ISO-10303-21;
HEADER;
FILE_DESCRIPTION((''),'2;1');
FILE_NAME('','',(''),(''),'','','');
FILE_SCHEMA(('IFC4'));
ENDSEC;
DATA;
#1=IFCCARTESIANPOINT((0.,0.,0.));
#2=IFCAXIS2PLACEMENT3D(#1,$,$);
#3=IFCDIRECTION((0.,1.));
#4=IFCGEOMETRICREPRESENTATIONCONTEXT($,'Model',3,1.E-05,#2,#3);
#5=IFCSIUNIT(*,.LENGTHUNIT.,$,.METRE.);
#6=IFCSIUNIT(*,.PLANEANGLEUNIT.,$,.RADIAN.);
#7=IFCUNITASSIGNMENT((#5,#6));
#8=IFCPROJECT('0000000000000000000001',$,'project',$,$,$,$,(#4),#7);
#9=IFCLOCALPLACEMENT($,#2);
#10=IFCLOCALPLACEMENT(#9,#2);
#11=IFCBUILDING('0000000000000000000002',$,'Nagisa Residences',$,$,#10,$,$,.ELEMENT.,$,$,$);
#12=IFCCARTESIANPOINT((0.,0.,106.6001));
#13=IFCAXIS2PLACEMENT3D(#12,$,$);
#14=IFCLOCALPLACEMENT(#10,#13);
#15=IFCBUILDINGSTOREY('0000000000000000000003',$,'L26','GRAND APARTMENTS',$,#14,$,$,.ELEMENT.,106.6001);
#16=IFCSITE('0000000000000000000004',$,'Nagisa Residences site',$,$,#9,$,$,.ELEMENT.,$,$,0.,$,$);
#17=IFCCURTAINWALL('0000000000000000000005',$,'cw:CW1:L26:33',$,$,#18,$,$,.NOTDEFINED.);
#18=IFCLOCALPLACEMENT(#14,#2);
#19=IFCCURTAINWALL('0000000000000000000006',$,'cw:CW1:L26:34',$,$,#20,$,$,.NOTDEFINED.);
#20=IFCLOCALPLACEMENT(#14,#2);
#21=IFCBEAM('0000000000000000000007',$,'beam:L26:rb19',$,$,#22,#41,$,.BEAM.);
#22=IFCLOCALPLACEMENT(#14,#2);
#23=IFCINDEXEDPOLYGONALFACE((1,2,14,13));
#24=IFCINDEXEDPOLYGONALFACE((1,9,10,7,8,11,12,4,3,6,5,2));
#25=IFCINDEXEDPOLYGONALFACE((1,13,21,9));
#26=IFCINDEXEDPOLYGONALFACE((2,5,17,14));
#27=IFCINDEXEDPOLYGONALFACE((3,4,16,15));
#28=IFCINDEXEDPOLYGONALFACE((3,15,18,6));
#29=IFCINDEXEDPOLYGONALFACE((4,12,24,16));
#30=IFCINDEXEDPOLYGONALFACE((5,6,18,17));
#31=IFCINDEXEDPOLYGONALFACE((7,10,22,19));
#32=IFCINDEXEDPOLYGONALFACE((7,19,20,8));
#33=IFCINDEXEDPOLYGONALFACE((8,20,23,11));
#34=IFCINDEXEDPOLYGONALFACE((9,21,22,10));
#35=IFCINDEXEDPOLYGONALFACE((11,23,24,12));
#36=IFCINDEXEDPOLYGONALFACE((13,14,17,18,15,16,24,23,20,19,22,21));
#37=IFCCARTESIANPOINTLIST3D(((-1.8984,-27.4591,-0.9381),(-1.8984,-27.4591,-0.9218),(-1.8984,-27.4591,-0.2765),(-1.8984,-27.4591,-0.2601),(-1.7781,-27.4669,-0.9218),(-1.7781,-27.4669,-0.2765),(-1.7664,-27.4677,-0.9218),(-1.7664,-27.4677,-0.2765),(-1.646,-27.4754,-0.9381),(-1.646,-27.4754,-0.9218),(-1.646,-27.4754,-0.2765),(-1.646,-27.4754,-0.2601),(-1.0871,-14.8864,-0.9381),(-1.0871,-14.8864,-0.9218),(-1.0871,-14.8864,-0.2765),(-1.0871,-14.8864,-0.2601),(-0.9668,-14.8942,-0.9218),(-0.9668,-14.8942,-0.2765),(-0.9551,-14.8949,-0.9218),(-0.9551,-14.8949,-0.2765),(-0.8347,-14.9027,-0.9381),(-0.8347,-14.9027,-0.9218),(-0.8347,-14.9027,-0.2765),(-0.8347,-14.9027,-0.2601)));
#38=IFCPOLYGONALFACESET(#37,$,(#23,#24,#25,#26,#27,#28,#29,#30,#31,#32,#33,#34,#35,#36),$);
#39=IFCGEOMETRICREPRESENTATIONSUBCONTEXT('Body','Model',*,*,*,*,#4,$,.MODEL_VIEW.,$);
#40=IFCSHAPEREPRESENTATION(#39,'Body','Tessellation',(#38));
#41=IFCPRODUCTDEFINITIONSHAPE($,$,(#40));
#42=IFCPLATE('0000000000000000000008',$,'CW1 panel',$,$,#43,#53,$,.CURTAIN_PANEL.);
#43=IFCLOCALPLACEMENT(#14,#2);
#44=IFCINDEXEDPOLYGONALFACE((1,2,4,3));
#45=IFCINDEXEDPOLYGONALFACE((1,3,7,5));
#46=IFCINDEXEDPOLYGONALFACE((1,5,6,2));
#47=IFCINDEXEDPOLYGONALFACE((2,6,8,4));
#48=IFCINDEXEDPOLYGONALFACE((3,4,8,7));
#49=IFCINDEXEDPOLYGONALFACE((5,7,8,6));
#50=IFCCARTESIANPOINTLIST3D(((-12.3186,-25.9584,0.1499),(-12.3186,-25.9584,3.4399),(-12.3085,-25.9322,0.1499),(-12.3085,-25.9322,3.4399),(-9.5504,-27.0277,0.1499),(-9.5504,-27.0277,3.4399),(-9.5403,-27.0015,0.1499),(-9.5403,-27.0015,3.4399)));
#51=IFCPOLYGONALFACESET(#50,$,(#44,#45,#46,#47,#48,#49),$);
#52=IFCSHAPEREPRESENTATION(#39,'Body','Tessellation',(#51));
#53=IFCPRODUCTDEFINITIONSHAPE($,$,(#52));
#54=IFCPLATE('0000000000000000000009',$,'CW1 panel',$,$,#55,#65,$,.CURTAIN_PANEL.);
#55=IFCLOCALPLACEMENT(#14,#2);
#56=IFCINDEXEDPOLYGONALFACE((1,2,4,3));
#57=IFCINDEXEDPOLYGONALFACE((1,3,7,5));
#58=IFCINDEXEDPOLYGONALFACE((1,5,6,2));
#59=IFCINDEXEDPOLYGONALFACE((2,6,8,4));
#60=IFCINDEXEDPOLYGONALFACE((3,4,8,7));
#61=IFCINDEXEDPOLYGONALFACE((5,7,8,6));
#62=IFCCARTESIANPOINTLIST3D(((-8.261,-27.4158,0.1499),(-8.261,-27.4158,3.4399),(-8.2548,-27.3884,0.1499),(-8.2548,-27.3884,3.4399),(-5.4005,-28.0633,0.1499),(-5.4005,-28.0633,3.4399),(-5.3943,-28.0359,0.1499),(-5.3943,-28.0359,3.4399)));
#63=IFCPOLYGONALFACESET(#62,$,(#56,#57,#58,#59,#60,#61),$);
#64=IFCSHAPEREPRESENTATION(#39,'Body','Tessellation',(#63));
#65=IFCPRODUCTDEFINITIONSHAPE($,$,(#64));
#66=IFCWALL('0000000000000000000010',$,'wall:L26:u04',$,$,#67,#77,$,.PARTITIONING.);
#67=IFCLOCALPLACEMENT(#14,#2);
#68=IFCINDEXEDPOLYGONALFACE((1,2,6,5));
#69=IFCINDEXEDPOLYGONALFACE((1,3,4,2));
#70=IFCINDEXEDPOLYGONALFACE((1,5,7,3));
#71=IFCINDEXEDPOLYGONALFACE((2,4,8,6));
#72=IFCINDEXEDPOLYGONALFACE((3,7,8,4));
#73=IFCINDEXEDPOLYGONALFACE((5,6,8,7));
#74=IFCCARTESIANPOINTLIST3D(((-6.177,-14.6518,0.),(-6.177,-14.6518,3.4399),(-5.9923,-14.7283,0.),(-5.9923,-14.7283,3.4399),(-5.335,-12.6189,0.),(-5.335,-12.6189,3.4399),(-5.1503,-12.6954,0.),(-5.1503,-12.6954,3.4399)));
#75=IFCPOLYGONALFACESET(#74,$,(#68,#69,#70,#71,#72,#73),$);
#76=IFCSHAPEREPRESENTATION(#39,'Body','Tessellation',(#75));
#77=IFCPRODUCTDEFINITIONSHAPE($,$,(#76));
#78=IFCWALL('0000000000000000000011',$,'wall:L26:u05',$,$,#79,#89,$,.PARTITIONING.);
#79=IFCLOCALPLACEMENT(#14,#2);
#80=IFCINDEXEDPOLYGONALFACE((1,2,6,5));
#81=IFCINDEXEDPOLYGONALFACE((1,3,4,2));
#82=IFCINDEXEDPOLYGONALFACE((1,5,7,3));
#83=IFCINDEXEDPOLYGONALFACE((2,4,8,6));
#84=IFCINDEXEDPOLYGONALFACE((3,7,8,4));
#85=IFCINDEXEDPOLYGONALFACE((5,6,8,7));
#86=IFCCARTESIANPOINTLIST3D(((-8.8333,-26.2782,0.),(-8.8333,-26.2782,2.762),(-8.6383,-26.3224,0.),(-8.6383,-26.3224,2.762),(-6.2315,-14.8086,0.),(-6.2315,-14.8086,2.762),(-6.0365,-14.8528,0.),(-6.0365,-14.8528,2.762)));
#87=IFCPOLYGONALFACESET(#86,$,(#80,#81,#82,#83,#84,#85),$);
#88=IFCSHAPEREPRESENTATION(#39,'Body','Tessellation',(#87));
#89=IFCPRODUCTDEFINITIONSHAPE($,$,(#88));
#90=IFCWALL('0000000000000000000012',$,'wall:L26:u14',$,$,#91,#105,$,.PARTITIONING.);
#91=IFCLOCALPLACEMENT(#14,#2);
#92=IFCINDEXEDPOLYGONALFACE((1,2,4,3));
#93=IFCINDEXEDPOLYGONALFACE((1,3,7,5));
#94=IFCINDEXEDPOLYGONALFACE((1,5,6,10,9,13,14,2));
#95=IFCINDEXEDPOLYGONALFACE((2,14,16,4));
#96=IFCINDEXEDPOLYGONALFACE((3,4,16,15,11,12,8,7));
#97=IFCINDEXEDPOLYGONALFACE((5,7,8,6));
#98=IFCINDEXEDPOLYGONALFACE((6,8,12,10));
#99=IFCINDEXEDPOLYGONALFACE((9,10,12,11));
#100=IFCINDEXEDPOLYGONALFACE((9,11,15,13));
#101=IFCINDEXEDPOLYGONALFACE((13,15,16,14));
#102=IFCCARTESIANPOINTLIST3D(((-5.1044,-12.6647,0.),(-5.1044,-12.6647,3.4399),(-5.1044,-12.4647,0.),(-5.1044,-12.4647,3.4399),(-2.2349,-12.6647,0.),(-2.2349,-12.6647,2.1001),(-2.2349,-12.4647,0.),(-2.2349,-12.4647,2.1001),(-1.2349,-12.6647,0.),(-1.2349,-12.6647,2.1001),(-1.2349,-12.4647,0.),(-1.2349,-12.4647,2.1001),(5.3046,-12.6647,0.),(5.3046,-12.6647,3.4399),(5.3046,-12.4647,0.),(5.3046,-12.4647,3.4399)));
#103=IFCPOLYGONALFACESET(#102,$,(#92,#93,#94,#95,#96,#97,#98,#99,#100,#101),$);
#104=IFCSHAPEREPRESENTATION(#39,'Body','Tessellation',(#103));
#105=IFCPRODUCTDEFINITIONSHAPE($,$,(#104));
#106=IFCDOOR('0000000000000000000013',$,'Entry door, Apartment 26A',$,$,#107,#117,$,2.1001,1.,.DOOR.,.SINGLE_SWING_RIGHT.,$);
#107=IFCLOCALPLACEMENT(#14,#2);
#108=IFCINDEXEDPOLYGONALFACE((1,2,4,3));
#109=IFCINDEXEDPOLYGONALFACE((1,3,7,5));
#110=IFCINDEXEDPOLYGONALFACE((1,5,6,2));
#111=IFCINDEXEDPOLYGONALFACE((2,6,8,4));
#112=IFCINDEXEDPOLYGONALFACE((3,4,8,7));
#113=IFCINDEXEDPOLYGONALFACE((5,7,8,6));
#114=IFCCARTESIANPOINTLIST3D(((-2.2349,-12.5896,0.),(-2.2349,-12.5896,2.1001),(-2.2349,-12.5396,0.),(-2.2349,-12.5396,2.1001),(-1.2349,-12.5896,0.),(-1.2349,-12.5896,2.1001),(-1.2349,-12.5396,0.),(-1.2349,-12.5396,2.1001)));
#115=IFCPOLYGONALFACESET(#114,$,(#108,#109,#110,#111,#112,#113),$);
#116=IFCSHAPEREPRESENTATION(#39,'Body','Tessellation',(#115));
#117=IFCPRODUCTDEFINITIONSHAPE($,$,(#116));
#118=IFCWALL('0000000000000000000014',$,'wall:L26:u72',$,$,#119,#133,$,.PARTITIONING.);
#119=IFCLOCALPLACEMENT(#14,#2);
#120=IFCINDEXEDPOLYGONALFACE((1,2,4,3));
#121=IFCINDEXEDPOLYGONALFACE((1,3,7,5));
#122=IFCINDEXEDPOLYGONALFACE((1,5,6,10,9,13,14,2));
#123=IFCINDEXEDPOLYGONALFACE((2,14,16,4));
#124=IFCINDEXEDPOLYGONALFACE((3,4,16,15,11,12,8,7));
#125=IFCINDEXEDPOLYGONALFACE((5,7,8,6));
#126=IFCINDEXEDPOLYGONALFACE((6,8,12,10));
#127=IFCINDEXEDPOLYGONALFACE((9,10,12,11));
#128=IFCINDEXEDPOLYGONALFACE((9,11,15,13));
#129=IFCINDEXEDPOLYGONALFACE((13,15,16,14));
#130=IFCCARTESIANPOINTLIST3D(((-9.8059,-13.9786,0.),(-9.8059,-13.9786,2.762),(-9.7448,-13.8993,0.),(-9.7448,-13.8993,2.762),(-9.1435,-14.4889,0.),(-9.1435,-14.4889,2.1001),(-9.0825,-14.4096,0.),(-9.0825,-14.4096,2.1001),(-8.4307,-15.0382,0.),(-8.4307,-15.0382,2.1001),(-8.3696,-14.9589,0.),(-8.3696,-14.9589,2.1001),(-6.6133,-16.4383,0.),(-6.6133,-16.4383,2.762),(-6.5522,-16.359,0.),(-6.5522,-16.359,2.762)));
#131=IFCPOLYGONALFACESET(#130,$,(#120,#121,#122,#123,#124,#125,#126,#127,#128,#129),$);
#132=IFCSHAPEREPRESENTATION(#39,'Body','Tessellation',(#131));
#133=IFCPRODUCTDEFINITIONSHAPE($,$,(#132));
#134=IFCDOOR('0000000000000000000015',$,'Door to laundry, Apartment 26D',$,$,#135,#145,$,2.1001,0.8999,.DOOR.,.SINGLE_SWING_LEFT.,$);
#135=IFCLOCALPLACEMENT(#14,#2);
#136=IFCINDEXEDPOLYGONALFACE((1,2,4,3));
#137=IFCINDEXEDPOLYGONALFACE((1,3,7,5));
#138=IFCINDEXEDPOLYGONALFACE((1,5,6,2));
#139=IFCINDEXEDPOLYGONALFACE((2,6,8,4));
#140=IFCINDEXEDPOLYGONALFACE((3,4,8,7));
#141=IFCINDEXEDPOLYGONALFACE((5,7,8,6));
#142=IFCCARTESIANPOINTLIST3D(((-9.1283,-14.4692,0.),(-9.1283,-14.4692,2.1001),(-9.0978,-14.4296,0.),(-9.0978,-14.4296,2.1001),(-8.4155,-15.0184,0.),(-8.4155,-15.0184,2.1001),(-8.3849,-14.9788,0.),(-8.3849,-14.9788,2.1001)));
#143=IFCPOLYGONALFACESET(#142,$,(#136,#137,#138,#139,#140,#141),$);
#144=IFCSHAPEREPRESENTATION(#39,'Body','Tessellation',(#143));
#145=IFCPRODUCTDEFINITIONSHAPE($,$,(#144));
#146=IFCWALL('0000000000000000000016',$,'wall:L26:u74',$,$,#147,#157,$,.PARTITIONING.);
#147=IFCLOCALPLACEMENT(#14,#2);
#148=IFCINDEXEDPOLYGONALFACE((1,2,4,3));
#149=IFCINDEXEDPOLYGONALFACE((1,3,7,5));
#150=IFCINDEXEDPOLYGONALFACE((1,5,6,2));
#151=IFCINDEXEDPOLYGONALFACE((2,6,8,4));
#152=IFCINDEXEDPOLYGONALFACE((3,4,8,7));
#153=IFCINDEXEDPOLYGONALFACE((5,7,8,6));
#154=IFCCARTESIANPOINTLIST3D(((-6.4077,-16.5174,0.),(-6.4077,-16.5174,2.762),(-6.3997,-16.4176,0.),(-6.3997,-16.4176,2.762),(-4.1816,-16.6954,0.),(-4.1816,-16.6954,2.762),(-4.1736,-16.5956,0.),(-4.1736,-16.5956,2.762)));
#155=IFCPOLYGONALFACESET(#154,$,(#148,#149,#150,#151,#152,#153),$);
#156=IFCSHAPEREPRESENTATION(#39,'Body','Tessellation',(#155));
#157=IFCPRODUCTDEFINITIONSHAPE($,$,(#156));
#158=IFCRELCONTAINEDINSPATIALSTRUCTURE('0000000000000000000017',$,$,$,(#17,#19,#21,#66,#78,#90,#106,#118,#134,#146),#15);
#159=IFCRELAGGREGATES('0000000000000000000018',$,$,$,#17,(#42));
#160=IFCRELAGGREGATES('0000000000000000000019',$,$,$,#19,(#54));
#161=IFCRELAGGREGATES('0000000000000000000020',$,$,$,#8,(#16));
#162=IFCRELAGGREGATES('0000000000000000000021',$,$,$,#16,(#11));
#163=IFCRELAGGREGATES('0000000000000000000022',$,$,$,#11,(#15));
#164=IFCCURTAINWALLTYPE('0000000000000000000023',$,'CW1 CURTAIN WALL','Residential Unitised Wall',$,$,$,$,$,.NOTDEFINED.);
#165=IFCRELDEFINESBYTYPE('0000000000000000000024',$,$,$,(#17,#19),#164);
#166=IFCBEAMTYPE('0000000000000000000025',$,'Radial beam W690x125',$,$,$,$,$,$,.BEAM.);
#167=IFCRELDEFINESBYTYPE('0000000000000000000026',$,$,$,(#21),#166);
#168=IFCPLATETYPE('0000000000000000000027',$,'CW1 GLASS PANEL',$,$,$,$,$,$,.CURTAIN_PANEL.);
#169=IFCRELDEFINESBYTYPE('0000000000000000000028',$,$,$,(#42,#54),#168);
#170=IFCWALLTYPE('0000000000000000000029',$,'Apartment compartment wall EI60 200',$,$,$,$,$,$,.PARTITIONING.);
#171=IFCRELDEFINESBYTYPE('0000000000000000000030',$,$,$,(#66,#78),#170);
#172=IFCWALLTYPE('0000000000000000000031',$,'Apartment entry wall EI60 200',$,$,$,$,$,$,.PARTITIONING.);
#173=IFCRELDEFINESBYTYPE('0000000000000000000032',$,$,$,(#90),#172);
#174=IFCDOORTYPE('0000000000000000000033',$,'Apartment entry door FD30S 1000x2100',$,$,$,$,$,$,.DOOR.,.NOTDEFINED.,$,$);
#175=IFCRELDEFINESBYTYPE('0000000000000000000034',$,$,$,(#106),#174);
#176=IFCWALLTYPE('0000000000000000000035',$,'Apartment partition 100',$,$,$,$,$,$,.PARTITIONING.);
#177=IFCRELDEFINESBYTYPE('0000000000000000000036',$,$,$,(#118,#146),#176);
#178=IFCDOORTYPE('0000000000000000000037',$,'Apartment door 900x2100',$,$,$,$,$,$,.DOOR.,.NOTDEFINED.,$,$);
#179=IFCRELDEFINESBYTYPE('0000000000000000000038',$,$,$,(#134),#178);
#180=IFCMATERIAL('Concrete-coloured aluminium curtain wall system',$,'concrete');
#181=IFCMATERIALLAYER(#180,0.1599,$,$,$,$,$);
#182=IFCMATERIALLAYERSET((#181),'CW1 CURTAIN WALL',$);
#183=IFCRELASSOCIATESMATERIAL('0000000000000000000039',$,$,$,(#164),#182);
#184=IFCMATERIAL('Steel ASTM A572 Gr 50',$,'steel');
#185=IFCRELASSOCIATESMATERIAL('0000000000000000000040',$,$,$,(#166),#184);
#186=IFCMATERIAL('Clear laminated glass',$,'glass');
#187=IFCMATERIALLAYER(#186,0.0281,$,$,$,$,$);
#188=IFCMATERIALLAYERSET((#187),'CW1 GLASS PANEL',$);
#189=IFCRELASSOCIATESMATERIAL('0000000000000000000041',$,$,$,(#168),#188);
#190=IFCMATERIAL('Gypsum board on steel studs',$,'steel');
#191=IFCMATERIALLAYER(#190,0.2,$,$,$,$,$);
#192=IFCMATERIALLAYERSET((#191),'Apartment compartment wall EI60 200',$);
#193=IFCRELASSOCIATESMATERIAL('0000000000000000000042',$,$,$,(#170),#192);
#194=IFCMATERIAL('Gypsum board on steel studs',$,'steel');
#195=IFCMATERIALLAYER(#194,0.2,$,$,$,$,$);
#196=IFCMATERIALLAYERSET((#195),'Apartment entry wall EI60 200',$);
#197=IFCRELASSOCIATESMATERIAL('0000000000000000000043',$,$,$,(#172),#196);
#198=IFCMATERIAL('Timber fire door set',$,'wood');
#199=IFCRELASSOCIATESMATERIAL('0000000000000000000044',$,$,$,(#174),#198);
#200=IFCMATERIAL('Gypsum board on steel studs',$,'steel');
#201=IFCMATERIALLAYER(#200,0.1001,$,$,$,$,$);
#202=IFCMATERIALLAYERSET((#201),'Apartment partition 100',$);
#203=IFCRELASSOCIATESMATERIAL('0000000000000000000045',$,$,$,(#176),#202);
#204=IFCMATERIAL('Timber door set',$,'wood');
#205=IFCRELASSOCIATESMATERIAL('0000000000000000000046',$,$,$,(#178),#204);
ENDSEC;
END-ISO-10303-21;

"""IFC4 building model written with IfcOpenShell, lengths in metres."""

from ifc_helpers import new_model, si_unit, direction, frame, frame_2d, origin, origin_2d, place, context, subcontext, project, spatial, rectangle, i_section, extrude, material, layer, layer_set, material_profile, profile_set, type_object, element, fill, aggregate, save


model = new_model("IFC4")

# Units and contexts
model_context = context("Model", 3, precision=1e-05, world=origin(), true_north=direction((0.0, 1.0)))
body_context = subcontext(model_context, "Body", "Model", "MODEL_VIEW")
ifc_project = project(units=[si_unit("LENGTHUNIT", "METRE"), si_unit("PLANEANGLEUNIT", "RADIAN")], contexts=[model_context])

# Site, building, storey
site_placement = place(None, origin())
site = spatial("IfcSite", under=ifc_project, at=site_placement, Name="Nagisa Residences site", CompositionType="ELEMENT", RefElevation=0.0)
building_placement = place(site_placement, origin())
building = spatial("IfcBuilding", under=site, at=building_placement, Name="Nagisa Residences", CompositionType="ELEMENT")
storey_placement = place(building_placement, frame((0.0, 0.0, 106.6001)))
storey = spatial("IfcBuildingStorey", under=building, at=storey_placement, Name="L26", Description="GRAND APARTMENTS", CompositionType="ELEMENT", Elevation=106.6001)

# Curtain wall
ifc_material_1 = material(Name="Concrete-coloured aluminium curtain wall system", Category="concrete")
ifc_layer_1 = layer(ifc_material_1, 0.1599)
ifc_layer_set_1 = layer_set([ifc_layer_1], Name="CW1 CURTAIN WALL")
curtain_wall_type = type_object("IfcCurtainWallType", Name="CW1 CURTAIN WALL", Description="Residential Unitised Wall", PredefinedType="NOTDEFINED", material=ifc_layer_set_1)
curtain_wall_1_placement = place(storey_placement, origin())
curtain_wall_1 = element("IfcCurtainWall", 1, at=curtain_wall_1_placement, inside=storey, type_object=curtain_wall_type, Name="cw:CW1:L26:33", PredefinedType="NOTDEFINED")

# Curtain wall
curtain_wall_2_placement = place(storey_placement, origin())
curtain_wall_2 = element("IfcCurtainWall", 2, at=curtain_wall_2_placement, inside=storey, type_object=curtain_wall_type, Name="cw:CW1:L26:34", PredefinedType="NOTDEFINED")

# Beam
ifc_material_2 = material(Name="Steel ASTM A572 Gr 50", Category="steel")
ifc_material_profile_1 = material_profile(ifc_material_2, i_section(OverallWidth=0.2529, OverallDepth=0.678, WebThickness=0.0117, FlangeThickness=0.0164, at=origin_2d()), Name="W690x125")
ifc_profile_set_1 = profile_set([ifc_material_profile_1], Name="Steel ASTM A572 Gr 50")
beam_type_1 = type_object("IfcBeamType", Name="Radial beam W690x125", PredefinedType="BEAM", material=ifc_profile_set_1)
beam_1_placement = place(storey_placement, frame((-1.7722, -27.4673, -0.5991), z_axis=(0.064393, 0.997925, 0.0), x_axis=(-0.997925, 0.064393, 0.0)))
element("IfcBeam", 3, at=beam_1_placement, inside=storey, type_object=beam_type_1, Name="beam:L26:rb19", PredefinedType="BEAM", context=body_context, shape_type="SweptSolid", body=[
    extrude(i_section(OverallWidth=0.2529, OverallDepth=0.678, WebThickness=0.0117, FlangeThickness=0.0164, at=origin_2d()), origin(), (0.0, 0.0, 1.0), 12.5989),
])

# Plates
ifc_material_3 = material(Name="Clear laminated glass", Category="glass")
ifc_layer_2 = layer(ifc_material_3, 0.0281)
ifc_layer_set_2 = layer_set([ifc_layer_2], Name="CW1 GLASS PANEL")
plate_type = type_object("IfcPlateType", Name="CW1 GLASS PANEL", PredefinedType="CURTAIN_PANEL", material=ifc_layer_set_2)
plate_1_placement = place(storey_placement, frame((-10.9294, -26.48, 0.1499), z_axis=(0.0, 0.0, 1.0), x_axis=(0.932826, -0.360328, 0.0)))
plate_1 = element("IfcPlate", 4, at=plate_1_placement, type_object=plate_type, Name="CW1 panel", PredefinedType="CURTAIN_PANEL", context=body_context, shape_type="SweptSolid", body=[
    extrude(rectangle(XDim=2.9675, YDim=0.0281, at=origin_2d()), origin(), (0.0, 0.0, 1.0), 3.29),
])
aggregate(curtain_wall_1, [plate_1])
plate_2_placement = place(storey_placement, frame((-6.8276, -27.7258, 0.1499), z_axis=(0.0, 0.0, 1.0), x_axis=(0.975327, -0.220764, 0.0)))
plate_2 = element("IfcPlate", 5, at=plate_2_placement, type_object=plate_type, Name="CW1 panel", PredefinedType="CURTAIN_PANEL", context=body_context, shape_type="SweptSolid", body=[
    extrude(rectangle(XDim=2.9329, YDim=0.0281, at=origin_2d()), origin(), (0.0, 0.0, 1.0), 3.29),
])
aggregate(curtain_wall_2, [plate_2])

# Walls
ifc_material_4 = material(Name="Gypsum board on steel studs", Category="steel")
ifc_layer_3 = layer(ifc_material_4, 0.2)
ifc_layer_set_3 = layer_set([ifc_layer_3], Name="Apartment compartment wall EI60 200")
wall_type_1 = type_object("IfcWallType", Name="Apartment compartment wall EI60 200", PredefinedType="PARTITIONING", material=ifc_layer_set_3)
wall_1_placement = place(storey_placement, frame((-5.2427, -12.6572, 0.0), z_axis=(0.0, 0.0, 1.0), x_axis=(-0.382669, -0.923886, 0.0)))
element("IfcWall", 6, at=wall_1_placement, inside=storey, type_object=wall_type_1, Name="wall:L26:u04", PredefinedType="PARTITIONING", context=body_context, shape_type="SweptSolid", body=[
    extrude(rectangle(XDim=2.2004, YDim=0.2, at=frame_2d((1.1001, 0.0))), origin(), (0.0, 0.0, 1.0), 3.4399),
])
wall_2_placement = place(storey_placement, frame((-6.134, -14.8308, 0.0), z_axis=(0.0, 0.0, 1.0), x_axis=(-0.221225, -0.975223, 0.0)))
element("IfcWall", 7, at=wall_2_placement, inside=storey, type_object=wall_type_1, Name="wall:L26:u05", PredefinedType="PARTITIONING", context=body_context, shape_type="SweptSolid", body=[
    extrude(rectangle(XDim=11.761, YDim=0.2, at=frame_2d((5.8804, 0.0))), origin(), (0.0, 0.0, 1.0), 2.762),
])

# Walls, openings, doors
ifc_material_5 = material(Name="Gypsum board on steel studs", Category="steel")
ifc_layer_4 = layer(ifc_material_5, 0.2)
ifc_layer_set_4 = layer_set([ifc_layer_4], Name="Apartment entry wall EI60 200")
wall_type_2 = type_object("IfcWallType", Name="Apartment entry wall EI60 200", PredefinedType="PARTITIONING", material=ifc_layer_set_4)
wall_3_placement = place(storey_placement, frame((-5.1045, -12.5647, 0.0), z_axis=(0.0, 0.0, 1.0), x_axis=(1.0, 0.0, 0.0)))
wall_3 = element("IfcWall", 8, at=wall_3_placement, inside=storey, type_object=wall_type_2, Name="wall:L26:u14", PredefinedType="PARTITIONING", context=body_context, shape_type="SweptSolid", body=[
    extrude(rectangle(XDim=10.4089, YDim=0.2, at=frame_2d((5.2046, 0.0))), origin(), (0.0, 0.0, 1.0), 3.4399),
])
opening_1_placement = place(wall_3_placement, frame((2.8696, 0.0, 0.0)))
opening_1 = element("IfcOpeningElement", 9, at=opening_1_placement, cuts=wall_3, PredefinedType="OPENING", context=body_context, shape_type="SweptSolid", body=[
    extrude(rectangle(XDim=1.0, YDim=2.1001, at=frame_2d((0.5, 1.05))), frame((0.0, 0.1099, 0.0), z_axis=(0.0, -1.0, 0.0), x_axis=(1.0, 0.0, 0.0)), (0.0, 0.0, 1.0), 0.22),
])
ifc_material_6 = material(Name="Timber fire door set", Category="wood")
door_type_1 = type_object("IfcDoorType", Name="Apartment entry door FD30S 1000x2100", OperationType="NOTDEFINED", PredefinedType="DOOR", material=ifc_material_6)
door_1_placement = place(opening_1_placement, frame((1.0, 0.0, 0.0), x_axis=(-1.0, 0.0, 0.0)))
door_1 = element("IfcDoor", 10, at=door_1_placement, inside=storey, type_object=door_type_1, Name="Entry door, Apartment 26A", OperationType="SINGLE_SWING_RIGHT", OverallHeight=2.1001, OverallWidth=1.0, PredefinedType="DOOR", context=body_context, shape_type="SweptSolid", body=[
    extrude(rectangle(XDim=1.0, YDim=2.1001, at=frame_2d((0.5, 1.05))), frame((0.0, 0.0249, 0.0), z_axis=(0.0, -1.0, 0.0), x_axis=(1.0, 0.0, 0.0)), (0.0, 0.0, 1.0), 0.05),
])
fill(opening_1, door_1)
ifc_material_7 = material(Name="Gypsum board on steel studs", Category="steel")
ifc_layer_5 = layer(ifc_material_7, 0.1001)
ifc_layer_set_5 = layer_set([ifc_layer_5], Name="Apartment partition 100")
wall_type_3 = type_object("IfcWallType", Name="Apartment partition 100", PredefinedType="PARTITIONING", material=ifc_layer_set_5)
wall_4_placement = place(storey_placement, frame((-9.7754, -13.939, 0.0), z_axis=(0.0, 0.0, 1.0), x_axis=(0.792162, -0.610311, 0.0)))
wall_4 = element("IfcWall", 11, at=wall_4_placement, inside=storey, type_object=wall_type_3, Name="wall:L26:u72", PredefinedType="PARTITIONING", context=body_context, shape_type="SweptSolid", body=[
    extrude(rectangle(XDim=4.0303, YDim=0.1001, at=frame_2d((2.0151, 0.0))), origin(), (0.0, 0.0, 1.0), 2.762),
])
opening_2_placement = place(wall_4_placement, frame((0.8362, 0.0, 0.0)))
opening_2 = element("IfcOpeningElement", 12, at=opening_2_placement, cuts=wall_4, PredefinedType="OPENING", context=body_context, shape_type="SweptSolid", body=[
    extrude(rectangle(XDim=0.8999, YDim=2.1001, at=frame_2d((0.45, 1.05))), frame((0.0, 0.0601, 0.0), z_axis=(0.0, -1.0, 0.0), x_axis=(1.0, 0.0, 0.0)), (0.0, 0.0, 1.0), 0.1201),
])
ifc_material_8 = material(Name="Timber door set", Category="wood")
door_type_2 = type_object("IfcDoorType", Name="Apartment door 900x2100", OperationType="NOTDEFINED", PredefinedType="DOOR", material=ifc_material_8)
door_2_placement = place(opening_2_placement, origin())
door_2 = element("IfcDoor", 13, at=door_2_placement, inside=storey, type_object=door_type_2, Name="Door to laundry, Apartment 26D", OperationType="SINGLE_SWING_LEFT", OverallHeight=2.1001, OverallWidth=0.8999, PredefinedType="DOOR", context=body_context, shape_type="SweptSolid", body=[
    extrude(rectangle(XDim=0.8999, YDim=2.1001, at=frame_2d((0.45, 1.05))), frame((0.0, 0.0249, 0.0), z_axis=(0.0, -1.0, 0.0), x_axis=(1.0, 0.0, 0.0)), (0.0, 0.0, 1.0), 0.05),
])
fill(opening_2, door_2)

# Wall
wall_5_placement = place(storey_placement, frame((-6.4038, -16.4675, 0.0), z_axis=(0.0, 0.0, 1.0), x_axis=(0.996819, -0.079697, 0.0)))
element("IfcWall", 14, at=wall_5_placement, inside=storey, type_object=wall_type_3, Name="wall:L26:u74", PredefinedType="PARTITIONING", context=body_context, shape_type="SweptSolid", body=[
    extrude(rectangle(XDim=2.2332, YDim=0.1001, at=frame_2d((1.1167, 0.0))), origin(), (0.0, 0.0, 1.0), 2.762),
])

save(model, "model.ifc")
